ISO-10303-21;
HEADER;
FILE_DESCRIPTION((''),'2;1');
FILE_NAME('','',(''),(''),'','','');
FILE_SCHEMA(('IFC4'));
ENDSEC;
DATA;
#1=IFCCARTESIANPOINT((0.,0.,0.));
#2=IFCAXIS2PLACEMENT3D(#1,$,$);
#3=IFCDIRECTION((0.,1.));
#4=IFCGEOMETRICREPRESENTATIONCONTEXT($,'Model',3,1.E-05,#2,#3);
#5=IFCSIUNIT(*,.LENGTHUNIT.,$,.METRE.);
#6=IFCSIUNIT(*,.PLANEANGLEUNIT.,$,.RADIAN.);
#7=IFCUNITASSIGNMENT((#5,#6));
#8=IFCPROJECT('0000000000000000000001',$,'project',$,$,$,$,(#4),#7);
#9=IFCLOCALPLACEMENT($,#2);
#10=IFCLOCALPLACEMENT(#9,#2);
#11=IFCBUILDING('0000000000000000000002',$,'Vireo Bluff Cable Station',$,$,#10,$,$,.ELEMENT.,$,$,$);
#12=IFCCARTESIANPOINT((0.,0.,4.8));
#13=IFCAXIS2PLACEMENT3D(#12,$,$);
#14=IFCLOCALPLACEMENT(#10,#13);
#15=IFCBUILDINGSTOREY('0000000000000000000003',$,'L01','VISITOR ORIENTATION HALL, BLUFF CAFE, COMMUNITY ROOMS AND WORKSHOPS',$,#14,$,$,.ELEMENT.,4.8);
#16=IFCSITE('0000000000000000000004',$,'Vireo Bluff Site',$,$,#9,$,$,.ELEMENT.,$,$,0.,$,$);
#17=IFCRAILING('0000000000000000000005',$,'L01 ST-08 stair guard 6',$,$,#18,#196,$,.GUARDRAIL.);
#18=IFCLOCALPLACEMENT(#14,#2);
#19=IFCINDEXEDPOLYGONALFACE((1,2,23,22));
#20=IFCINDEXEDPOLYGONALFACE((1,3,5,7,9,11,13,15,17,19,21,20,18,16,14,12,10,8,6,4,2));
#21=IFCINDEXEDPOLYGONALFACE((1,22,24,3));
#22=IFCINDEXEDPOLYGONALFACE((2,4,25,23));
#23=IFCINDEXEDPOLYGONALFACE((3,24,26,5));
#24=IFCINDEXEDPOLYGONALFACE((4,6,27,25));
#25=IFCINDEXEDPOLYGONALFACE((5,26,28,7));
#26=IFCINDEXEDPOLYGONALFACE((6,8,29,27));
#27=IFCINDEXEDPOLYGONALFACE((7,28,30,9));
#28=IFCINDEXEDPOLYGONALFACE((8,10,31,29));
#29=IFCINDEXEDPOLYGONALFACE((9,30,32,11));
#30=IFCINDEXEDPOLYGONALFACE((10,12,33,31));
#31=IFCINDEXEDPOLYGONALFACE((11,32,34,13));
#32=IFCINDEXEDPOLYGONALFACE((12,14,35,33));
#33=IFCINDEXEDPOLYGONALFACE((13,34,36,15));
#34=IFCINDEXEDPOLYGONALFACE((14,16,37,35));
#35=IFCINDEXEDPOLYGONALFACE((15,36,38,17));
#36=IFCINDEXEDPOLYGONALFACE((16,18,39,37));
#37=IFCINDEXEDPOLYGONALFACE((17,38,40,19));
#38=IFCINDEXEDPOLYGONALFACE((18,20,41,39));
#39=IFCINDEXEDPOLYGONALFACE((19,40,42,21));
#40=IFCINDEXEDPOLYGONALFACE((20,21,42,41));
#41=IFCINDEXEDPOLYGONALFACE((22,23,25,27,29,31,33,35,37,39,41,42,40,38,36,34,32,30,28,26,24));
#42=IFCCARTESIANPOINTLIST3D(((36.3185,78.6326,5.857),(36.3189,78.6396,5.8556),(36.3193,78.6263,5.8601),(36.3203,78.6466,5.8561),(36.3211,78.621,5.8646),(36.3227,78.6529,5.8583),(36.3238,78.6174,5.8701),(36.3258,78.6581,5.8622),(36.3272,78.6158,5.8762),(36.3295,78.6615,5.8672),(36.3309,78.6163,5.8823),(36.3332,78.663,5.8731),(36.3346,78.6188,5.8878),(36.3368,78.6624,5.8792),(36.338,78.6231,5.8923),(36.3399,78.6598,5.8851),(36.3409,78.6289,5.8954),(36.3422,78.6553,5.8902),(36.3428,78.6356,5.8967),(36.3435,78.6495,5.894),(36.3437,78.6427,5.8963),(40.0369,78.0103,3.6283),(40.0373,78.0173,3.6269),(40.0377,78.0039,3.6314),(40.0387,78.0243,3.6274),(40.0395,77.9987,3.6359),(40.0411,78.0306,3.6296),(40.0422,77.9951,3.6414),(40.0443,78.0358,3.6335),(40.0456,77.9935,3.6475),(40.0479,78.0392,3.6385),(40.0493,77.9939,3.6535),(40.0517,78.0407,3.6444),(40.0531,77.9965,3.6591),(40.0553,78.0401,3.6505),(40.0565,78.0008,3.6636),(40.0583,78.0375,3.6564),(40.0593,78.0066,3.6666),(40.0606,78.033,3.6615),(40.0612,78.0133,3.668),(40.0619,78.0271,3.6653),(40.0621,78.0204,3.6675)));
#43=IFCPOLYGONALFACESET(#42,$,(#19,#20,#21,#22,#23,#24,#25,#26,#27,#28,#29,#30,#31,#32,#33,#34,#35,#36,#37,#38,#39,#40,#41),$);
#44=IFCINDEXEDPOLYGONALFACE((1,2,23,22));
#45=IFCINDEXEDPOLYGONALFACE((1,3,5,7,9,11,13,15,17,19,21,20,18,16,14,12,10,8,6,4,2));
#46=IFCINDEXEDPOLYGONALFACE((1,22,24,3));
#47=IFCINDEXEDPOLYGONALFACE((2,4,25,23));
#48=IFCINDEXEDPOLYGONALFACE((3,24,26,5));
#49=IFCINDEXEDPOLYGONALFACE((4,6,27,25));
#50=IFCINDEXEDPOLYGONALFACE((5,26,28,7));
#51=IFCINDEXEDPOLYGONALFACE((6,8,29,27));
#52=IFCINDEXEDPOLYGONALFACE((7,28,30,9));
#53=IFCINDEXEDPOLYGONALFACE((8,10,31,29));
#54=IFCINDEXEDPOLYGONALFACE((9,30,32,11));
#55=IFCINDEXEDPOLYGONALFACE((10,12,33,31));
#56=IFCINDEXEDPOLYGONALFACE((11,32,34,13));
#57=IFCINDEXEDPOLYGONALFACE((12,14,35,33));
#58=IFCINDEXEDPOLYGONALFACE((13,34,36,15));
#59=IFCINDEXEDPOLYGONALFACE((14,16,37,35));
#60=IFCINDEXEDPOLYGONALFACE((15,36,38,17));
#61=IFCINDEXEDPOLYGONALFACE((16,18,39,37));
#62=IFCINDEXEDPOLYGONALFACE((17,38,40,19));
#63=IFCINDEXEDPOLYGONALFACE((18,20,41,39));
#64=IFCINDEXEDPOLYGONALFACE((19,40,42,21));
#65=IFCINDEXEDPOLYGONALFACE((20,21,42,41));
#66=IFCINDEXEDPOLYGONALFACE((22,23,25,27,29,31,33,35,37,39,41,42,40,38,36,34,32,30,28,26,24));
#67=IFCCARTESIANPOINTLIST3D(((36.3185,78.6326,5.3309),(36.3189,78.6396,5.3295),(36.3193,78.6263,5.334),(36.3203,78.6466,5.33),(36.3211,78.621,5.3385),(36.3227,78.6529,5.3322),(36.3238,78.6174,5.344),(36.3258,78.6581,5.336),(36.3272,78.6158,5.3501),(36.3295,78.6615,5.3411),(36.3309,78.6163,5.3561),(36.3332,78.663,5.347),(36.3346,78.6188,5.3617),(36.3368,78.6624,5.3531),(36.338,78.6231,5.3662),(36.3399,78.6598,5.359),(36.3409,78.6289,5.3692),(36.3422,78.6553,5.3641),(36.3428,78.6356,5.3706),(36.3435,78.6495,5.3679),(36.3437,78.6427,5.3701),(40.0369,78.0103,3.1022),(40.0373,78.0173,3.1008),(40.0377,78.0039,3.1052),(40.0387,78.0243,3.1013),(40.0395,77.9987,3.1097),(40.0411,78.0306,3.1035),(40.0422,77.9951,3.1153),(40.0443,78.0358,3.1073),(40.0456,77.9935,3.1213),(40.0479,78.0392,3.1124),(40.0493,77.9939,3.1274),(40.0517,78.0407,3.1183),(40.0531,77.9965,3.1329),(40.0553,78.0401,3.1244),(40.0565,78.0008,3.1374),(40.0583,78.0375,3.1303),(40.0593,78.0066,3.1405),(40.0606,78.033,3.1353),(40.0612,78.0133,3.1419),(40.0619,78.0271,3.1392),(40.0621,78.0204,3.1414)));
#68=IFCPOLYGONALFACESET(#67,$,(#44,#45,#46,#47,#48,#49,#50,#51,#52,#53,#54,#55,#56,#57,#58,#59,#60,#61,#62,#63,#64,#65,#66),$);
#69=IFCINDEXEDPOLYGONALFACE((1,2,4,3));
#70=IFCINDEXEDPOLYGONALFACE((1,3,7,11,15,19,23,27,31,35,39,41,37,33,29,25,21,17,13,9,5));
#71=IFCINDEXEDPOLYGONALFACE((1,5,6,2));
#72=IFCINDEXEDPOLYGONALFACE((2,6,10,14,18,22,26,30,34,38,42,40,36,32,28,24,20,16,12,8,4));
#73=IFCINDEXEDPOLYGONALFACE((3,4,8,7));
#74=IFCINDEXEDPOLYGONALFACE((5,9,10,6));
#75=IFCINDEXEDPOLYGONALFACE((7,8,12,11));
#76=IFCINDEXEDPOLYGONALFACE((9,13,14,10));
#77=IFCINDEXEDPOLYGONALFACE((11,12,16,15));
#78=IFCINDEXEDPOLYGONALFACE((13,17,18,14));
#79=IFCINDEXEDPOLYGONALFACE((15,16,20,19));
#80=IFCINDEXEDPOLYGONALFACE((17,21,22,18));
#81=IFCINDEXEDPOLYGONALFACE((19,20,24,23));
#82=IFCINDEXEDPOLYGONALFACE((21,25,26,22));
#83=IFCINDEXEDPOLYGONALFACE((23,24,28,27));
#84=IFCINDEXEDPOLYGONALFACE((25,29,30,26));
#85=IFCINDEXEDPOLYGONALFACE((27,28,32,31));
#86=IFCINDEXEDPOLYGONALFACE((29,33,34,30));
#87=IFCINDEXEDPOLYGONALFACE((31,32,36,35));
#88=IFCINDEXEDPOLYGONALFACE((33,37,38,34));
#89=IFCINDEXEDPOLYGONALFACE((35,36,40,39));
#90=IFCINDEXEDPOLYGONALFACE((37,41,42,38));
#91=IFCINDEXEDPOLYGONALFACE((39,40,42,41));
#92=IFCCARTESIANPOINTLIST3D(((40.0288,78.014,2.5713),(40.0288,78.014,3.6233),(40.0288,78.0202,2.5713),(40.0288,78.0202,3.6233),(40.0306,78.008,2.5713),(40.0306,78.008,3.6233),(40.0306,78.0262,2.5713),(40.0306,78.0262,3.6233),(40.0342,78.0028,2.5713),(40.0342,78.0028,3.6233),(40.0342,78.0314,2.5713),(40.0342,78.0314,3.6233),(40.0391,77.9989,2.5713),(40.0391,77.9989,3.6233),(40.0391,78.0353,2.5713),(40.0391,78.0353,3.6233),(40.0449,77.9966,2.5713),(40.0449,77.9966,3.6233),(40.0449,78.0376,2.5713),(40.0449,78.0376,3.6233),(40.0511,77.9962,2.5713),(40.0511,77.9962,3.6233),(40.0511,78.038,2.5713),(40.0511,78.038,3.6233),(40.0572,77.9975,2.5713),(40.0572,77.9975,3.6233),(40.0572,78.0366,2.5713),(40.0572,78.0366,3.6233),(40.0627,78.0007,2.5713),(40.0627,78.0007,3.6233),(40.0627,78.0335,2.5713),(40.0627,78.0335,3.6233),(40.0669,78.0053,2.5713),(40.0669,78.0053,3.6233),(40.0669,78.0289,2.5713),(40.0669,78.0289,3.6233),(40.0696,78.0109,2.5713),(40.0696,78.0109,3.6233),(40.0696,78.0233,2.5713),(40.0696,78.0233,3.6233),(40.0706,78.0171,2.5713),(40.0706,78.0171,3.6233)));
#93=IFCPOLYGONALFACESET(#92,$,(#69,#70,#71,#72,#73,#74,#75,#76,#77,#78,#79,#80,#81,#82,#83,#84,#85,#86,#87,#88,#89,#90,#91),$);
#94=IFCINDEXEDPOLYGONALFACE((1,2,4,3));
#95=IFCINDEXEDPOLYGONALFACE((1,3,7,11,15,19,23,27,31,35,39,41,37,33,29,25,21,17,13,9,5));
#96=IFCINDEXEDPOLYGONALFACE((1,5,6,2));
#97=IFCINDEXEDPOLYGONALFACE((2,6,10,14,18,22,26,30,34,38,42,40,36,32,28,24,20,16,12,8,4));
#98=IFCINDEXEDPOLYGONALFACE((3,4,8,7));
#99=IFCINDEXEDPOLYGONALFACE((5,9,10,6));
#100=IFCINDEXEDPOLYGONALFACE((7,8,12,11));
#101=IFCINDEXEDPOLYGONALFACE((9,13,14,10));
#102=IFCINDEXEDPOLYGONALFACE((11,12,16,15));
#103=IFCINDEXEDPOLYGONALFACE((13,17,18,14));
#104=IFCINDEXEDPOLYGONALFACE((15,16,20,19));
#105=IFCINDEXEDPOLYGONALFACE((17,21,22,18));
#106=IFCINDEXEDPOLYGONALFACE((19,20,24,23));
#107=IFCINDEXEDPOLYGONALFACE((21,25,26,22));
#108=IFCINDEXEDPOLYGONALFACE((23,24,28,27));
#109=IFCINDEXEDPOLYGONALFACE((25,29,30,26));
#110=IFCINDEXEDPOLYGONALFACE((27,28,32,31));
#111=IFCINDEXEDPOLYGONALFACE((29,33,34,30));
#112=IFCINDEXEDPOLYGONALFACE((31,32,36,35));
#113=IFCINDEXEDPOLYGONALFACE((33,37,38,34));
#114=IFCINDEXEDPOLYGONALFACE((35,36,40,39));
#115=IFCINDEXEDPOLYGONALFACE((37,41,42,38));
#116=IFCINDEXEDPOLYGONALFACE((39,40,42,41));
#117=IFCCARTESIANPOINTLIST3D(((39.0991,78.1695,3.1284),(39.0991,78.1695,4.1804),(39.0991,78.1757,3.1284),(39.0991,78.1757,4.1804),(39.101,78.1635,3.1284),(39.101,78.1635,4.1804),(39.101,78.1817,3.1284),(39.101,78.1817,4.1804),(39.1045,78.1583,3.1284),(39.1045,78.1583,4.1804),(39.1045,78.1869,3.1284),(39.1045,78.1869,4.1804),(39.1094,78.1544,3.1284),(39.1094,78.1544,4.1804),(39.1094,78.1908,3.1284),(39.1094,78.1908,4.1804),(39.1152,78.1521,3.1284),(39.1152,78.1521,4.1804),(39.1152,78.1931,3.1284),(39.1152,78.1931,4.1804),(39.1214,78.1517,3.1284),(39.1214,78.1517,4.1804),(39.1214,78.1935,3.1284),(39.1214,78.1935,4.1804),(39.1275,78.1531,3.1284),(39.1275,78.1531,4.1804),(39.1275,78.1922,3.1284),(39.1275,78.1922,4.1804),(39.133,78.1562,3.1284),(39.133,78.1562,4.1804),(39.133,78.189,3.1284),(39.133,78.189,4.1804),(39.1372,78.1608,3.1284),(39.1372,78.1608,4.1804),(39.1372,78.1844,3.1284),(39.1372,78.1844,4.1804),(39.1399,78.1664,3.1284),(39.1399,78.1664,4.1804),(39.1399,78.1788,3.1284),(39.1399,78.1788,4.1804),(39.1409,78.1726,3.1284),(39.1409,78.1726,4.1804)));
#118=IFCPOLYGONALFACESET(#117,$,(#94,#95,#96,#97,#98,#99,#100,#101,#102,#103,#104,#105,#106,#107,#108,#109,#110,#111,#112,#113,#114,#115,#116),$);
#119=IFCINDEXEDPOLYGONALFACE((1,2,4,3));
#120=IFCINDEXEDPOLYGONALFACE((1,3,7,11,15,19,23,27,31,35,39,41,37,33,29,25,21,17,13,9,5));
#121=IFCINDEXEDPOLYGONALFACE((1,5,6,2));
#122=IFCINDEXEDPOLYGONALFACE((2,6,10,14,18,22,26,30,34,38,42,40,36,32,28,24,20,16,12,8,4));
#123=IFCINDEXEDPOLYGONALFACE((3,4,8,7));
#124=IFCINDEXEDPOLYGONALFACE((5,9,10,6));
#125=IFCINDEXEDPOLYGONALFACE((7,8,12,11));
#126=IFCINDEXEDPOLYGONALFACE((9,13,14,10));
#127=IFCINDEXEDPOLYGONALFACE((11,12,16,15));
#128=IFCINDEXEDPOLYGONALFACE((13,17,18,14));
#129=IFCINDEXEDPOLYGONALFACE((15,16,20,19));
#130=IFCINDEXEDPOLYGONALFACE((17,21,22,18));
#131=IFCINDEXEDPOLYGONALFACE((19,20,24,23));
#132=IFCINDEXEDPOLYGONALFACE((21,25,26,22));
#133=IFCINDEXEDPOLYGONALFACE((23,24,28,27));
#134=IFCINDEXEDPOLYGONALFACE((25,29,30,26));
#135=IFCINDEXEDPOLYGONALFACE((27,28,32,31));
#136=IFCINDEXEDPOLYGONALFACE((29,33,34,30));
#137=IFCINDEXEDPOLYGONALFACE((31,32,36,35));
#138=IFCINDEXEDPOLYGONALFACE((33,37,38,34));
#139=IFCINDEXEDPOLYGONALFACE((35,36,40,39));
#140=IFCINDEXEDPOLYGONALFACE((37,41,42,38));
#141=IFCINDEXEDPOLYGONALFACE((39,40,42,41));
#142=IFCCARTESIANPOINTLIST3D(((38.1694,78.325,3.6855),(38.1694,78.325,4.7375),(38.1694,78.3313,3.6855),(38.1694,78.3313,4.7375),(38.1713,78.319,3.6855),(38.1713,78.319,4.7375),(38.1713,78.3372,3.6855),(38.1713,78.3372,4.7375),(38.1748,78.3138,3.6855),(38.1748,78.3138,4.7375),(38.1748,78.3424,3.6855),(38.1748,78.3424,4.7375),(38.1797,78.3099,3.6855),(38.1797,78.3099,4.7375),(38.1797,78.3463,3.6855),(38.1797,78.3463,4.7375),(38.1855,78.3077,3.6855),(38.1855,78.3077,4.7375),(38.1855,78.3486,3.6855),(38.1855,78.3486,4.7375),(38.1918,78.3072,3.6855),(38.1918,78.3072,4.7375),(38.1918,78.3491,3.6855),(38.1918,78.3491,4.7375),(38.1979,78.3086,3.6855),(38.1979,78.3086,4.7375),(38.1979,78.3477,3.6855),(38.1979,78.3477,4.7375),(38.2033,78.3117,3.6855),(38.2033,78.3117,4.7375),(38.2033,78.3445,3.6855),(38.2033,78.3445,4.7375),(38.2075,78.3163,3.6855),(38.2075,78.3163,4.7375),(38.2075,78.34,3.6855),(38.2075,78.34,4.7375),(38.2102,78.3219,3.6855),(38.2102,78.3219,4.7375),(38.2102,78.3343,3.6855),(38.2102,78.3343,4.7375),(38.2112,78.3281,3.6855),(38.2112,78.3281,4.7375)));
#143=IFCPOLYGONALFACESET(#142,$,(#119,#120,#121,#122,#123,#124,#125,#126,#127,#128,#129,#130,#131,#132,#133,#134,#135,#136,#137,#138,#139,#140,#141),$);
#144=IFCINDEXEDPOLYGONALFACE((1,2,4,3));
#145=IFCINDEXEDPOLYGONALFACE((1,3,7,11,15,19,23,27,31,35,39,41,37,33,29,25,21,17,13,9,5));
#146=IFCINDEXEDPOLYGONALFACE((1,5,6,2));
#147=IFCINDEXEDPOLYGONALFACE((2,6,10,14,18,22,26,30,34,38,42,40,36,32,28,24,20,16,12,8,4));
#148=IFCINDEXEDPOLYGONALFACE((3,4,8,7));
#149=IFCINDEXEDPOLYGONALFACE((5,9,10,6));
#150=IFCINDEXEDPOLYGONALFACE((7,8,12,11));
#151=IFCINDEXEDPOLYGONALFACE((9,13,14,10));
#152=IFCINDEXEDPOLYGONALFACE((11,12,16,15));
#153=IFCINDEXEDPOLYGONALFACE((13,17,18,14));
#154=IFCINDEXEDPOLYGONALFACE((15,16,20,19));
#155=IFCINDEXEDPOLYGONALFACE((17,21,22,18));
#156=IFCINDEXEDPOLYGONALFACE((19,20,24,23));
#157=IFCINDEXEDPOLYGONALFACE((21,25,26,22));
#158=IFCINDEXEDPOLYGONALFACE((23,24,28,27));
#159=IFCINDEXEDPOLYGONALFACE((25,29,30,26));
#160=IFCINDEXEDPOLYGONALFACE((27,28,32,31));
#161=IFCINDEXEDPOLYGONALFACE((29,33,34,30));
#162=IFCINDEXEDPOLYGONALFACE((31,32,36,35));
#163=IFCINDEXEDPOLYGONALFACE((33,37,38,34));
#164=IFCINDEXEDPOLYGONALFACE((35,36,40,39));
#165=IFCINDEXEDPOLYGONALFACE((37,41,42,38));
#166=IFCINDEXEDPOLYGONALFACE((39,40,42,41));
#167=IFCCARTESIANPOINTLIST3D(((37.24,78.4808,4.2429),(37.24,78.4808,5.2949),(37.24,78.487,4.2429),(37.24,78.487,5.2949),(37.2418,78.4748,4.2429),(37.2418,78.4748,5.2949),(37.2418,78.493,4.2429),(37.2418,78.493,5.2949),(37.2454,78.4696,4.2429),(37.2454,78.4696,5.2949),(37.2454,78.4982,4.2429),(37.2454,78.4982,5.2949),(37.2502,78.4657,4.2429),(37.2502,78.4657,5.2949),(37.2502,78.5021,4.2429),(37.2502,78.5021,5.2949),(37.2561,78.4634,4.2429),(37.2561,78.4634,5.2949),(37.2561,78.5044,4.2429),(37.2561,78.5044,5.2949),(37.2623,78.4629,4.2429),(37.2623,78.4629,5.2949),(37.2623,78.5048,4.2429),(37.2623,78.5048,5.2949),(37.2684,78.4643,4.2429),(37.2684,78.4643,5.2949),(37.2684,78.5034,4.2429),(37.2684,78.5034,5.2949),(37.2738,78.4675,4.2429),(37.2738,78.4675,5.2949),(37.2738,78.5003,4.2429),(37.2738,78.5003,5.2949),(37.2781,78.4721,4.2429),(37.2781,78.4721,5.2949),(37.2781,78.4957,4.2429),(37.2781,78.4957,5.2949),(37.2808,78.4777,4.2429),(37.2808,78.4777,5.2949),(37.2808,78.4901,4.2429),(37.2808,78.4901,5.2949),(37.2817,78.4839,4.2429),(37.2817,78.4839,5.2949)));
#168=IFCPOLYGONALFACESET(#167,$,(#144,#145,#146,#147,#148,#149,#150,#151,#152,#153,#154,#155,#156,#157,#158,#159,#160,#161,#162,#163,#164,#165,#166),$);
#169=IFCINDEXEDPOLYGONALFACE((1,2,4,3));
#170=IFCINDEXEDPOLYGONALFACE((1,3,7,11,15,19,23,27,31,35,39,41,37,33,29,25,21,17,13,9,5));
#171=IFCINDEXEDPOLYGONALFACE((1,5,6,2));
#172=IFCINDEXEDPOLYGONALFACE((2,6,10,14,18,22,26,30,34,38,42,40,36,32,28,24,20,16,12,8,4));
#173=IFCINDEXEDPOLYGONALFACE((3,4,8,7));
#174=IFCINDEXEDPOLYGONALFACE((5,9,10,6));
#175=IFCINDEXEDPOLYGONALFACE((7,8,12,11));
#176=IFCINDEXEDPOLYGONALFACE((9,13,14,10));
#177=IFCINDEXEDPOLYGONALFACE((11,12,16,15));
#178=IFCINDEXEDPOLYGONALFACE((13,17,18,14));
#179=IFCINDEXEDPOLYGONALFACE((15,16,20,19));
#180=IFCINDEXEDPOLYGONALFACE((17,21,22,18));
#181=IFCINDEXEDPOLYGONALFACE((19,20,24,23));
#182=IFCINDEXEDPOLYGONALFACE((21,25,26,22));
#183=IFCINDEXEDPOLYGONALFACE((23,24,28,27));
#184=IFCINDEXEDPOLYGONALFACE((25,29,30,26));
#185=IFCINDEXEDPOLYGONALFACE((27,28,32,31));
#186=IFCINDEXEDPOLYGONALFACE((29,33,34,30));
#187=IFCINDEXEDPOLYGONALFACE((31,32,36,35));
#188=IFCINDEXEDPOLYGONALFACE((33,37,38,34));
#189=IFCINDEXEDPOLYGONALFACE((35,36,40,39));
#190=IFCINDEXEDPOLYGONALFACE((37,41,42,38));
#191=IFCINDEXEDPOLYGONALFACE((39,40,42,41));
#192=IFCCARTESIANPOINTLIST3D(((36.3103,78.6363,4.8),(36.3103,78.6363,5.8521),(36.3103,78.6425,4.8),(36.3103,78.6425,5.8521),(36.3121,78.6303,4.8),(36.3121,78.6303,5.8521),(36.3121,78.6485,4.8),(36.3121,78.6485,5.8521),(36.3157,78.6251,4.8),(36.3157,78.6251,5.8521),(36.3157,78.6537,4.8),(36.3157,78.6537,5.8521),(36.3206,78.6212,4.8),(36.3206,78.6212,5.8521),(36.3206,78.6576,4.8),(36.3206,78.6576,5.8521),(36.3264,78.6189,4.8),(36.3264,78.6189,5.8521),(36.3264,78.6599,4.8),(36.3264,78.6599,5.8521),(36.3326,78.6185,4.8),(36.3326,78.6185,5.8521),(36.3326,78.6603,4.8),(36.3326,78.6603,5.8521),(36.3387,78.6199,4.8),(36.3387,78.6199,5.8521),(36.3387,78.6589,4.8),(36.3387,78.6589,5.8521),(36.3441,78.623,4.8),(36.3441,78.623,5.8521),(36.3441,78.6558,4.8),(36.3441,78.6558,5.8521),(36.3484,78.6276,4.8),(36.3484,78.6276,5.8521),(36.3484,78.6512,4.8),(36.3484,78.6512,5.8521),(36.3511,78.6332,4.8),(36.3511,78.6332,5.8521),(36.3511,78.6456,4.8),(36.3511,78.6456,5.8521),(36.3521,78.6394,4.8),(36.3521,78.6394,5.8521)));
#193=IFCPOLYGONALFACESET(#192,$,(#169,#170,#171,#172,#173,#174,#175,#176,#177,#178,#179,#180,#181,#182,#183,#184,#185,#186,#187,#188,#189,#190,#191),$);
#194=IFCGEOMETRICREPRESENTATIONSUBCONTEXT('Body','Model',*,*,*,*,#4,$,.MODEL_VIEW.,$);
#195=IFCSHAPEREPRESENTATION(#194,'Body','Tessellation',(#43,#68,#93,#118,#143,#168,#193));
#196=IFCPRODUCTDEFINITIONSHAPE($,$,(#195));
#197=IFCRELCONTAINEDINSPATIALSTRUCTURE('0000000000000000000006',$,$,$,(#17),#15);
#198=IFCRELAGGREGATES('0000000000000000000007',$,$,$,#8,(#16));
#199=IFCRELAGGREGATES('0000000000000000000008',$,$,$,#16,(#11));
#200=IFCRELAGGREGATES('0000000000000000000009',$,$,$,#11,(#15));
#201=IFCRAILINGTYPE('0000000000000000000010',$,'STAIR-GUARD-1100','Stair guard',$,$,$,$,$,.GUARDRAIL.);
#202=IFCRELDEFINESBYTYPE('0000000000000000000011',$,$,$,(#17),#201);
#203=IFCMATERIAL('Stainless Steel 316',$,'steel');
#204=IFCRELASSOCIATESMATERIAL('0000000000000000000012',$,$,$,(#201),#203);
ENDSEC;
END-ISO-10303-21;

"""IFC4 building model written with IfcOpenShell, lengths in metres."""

from ifc_helpers import new_model, si_unit, direction, frame, origin, origin_2d, place, context, subcontext, project, spatial, circle, extrude, material, type_object, element, save


model = new_model("IFC4")

# Units and contexts
model_context = context("Model", 3, precision=1e-05, world=origin(), true_north=direction((0.0, 1.0)))
body_context = subcontext(model_context, "Body", "Model", "MODEL_VIEW")
ifc_project = project(units=[si_unit("LENGTHUNIT", "METRE"), si_unit("PLANEANGLEUNIT", "RADIAN")], contexts=[model_context])

# Site, building, storey
site_placement = place(None, origin())
site = spatial("IfcSite", under=ifc_project, at=site_placement, Name="Vireo Bluff Site", CompositionType="ELEMENT", RefElevation=0.0)
building_placement = place(site_placement, origin())
building = spatial("IfcBuilding", under=site, at=building_placement, Name="Vireo Bluff Cable Station", CompositionType="ELEMENT")
storey_placement = place(building_placement, frame((0.0, 0.0, 4.8)))
storey = spatial("IfcBuildingStorey", under=building, at=storey_placement, Name="L01", Description="VISITOR ORIENTATION HALL, BLUFF CAFE, COMMUNITY ROOMS AND WORKSHOPS", CompositionType="ELEMENT", Elevation=4.8)

# Railing
ifc_material_1 = material(Name="Stainless Steel 316", Category="steel")
railing_type_1 = type_object("IfcRailingType", Name="STAIR-GUARD-1100", Description="Stair guard", PredefinedType="GUARDRAIL", material=ifc_material_1)
railing_1_placement = place(storey_placement, frame((40.0496, 78.0171, 2.5713)))
element("IfcRailing", 1, at=railing_1_placement, inside=storey, type_object=railing_type_1, Name="L01 ST-08 stair guard 6", PredefinedType="GUARDRAIL", context=body_context, shape_type="SweptSolid", body=[
    extrude(circle(Radius=0.0239, at=origin_2d()), frame((0.0, 0.0, 1.0762), z_axis=(-0.849029, 0.14209, 0.508882), x_axis=(-0.165061, -0.986283, 0.0)), (0.0, 0.0, 1.0), 4.3796),
    extrude(circle(Radius=0.0239, at=origin_2d()), frame((0.0, 0.0, 0.55), z_axis=(-0.849029, 0.14209, 0.508882), x_axis=(-0.165061, -0.986283, 0.0)), (0.0, 0.0, 1.0), 4.3796),
    extrude(circle(Radius=0.021, at=origin_2d()), origin(), (0.0, 0.0, 1.0), 1.052),
    extrude(circle(Radius=0.021, at=origin_2d()), frame((-0.9297, 0.1555, 0.5571)), (0.0, 0.0, 1.0), 1.052),
    extrude(circle(Radius=0.021, at=origin_2d()), frame((-1.8594, 0.311, 1.1143)), (0.0, 0.0, 1.0), 1.052),
    extrude(circle(Radius=0.021, at=origin_2d()), frame((-2.7888, 0.4668, 1.6716)), (0.0, 0.0, 1.0), 1.052),
    extrude(circle(Radius=0.021, at=origin_2d()), frame((-3.7185, 0.6223, 2.2288)), (0.0, 0.0, 1.0), 1.052),
])

save(model, "model.ifc")
